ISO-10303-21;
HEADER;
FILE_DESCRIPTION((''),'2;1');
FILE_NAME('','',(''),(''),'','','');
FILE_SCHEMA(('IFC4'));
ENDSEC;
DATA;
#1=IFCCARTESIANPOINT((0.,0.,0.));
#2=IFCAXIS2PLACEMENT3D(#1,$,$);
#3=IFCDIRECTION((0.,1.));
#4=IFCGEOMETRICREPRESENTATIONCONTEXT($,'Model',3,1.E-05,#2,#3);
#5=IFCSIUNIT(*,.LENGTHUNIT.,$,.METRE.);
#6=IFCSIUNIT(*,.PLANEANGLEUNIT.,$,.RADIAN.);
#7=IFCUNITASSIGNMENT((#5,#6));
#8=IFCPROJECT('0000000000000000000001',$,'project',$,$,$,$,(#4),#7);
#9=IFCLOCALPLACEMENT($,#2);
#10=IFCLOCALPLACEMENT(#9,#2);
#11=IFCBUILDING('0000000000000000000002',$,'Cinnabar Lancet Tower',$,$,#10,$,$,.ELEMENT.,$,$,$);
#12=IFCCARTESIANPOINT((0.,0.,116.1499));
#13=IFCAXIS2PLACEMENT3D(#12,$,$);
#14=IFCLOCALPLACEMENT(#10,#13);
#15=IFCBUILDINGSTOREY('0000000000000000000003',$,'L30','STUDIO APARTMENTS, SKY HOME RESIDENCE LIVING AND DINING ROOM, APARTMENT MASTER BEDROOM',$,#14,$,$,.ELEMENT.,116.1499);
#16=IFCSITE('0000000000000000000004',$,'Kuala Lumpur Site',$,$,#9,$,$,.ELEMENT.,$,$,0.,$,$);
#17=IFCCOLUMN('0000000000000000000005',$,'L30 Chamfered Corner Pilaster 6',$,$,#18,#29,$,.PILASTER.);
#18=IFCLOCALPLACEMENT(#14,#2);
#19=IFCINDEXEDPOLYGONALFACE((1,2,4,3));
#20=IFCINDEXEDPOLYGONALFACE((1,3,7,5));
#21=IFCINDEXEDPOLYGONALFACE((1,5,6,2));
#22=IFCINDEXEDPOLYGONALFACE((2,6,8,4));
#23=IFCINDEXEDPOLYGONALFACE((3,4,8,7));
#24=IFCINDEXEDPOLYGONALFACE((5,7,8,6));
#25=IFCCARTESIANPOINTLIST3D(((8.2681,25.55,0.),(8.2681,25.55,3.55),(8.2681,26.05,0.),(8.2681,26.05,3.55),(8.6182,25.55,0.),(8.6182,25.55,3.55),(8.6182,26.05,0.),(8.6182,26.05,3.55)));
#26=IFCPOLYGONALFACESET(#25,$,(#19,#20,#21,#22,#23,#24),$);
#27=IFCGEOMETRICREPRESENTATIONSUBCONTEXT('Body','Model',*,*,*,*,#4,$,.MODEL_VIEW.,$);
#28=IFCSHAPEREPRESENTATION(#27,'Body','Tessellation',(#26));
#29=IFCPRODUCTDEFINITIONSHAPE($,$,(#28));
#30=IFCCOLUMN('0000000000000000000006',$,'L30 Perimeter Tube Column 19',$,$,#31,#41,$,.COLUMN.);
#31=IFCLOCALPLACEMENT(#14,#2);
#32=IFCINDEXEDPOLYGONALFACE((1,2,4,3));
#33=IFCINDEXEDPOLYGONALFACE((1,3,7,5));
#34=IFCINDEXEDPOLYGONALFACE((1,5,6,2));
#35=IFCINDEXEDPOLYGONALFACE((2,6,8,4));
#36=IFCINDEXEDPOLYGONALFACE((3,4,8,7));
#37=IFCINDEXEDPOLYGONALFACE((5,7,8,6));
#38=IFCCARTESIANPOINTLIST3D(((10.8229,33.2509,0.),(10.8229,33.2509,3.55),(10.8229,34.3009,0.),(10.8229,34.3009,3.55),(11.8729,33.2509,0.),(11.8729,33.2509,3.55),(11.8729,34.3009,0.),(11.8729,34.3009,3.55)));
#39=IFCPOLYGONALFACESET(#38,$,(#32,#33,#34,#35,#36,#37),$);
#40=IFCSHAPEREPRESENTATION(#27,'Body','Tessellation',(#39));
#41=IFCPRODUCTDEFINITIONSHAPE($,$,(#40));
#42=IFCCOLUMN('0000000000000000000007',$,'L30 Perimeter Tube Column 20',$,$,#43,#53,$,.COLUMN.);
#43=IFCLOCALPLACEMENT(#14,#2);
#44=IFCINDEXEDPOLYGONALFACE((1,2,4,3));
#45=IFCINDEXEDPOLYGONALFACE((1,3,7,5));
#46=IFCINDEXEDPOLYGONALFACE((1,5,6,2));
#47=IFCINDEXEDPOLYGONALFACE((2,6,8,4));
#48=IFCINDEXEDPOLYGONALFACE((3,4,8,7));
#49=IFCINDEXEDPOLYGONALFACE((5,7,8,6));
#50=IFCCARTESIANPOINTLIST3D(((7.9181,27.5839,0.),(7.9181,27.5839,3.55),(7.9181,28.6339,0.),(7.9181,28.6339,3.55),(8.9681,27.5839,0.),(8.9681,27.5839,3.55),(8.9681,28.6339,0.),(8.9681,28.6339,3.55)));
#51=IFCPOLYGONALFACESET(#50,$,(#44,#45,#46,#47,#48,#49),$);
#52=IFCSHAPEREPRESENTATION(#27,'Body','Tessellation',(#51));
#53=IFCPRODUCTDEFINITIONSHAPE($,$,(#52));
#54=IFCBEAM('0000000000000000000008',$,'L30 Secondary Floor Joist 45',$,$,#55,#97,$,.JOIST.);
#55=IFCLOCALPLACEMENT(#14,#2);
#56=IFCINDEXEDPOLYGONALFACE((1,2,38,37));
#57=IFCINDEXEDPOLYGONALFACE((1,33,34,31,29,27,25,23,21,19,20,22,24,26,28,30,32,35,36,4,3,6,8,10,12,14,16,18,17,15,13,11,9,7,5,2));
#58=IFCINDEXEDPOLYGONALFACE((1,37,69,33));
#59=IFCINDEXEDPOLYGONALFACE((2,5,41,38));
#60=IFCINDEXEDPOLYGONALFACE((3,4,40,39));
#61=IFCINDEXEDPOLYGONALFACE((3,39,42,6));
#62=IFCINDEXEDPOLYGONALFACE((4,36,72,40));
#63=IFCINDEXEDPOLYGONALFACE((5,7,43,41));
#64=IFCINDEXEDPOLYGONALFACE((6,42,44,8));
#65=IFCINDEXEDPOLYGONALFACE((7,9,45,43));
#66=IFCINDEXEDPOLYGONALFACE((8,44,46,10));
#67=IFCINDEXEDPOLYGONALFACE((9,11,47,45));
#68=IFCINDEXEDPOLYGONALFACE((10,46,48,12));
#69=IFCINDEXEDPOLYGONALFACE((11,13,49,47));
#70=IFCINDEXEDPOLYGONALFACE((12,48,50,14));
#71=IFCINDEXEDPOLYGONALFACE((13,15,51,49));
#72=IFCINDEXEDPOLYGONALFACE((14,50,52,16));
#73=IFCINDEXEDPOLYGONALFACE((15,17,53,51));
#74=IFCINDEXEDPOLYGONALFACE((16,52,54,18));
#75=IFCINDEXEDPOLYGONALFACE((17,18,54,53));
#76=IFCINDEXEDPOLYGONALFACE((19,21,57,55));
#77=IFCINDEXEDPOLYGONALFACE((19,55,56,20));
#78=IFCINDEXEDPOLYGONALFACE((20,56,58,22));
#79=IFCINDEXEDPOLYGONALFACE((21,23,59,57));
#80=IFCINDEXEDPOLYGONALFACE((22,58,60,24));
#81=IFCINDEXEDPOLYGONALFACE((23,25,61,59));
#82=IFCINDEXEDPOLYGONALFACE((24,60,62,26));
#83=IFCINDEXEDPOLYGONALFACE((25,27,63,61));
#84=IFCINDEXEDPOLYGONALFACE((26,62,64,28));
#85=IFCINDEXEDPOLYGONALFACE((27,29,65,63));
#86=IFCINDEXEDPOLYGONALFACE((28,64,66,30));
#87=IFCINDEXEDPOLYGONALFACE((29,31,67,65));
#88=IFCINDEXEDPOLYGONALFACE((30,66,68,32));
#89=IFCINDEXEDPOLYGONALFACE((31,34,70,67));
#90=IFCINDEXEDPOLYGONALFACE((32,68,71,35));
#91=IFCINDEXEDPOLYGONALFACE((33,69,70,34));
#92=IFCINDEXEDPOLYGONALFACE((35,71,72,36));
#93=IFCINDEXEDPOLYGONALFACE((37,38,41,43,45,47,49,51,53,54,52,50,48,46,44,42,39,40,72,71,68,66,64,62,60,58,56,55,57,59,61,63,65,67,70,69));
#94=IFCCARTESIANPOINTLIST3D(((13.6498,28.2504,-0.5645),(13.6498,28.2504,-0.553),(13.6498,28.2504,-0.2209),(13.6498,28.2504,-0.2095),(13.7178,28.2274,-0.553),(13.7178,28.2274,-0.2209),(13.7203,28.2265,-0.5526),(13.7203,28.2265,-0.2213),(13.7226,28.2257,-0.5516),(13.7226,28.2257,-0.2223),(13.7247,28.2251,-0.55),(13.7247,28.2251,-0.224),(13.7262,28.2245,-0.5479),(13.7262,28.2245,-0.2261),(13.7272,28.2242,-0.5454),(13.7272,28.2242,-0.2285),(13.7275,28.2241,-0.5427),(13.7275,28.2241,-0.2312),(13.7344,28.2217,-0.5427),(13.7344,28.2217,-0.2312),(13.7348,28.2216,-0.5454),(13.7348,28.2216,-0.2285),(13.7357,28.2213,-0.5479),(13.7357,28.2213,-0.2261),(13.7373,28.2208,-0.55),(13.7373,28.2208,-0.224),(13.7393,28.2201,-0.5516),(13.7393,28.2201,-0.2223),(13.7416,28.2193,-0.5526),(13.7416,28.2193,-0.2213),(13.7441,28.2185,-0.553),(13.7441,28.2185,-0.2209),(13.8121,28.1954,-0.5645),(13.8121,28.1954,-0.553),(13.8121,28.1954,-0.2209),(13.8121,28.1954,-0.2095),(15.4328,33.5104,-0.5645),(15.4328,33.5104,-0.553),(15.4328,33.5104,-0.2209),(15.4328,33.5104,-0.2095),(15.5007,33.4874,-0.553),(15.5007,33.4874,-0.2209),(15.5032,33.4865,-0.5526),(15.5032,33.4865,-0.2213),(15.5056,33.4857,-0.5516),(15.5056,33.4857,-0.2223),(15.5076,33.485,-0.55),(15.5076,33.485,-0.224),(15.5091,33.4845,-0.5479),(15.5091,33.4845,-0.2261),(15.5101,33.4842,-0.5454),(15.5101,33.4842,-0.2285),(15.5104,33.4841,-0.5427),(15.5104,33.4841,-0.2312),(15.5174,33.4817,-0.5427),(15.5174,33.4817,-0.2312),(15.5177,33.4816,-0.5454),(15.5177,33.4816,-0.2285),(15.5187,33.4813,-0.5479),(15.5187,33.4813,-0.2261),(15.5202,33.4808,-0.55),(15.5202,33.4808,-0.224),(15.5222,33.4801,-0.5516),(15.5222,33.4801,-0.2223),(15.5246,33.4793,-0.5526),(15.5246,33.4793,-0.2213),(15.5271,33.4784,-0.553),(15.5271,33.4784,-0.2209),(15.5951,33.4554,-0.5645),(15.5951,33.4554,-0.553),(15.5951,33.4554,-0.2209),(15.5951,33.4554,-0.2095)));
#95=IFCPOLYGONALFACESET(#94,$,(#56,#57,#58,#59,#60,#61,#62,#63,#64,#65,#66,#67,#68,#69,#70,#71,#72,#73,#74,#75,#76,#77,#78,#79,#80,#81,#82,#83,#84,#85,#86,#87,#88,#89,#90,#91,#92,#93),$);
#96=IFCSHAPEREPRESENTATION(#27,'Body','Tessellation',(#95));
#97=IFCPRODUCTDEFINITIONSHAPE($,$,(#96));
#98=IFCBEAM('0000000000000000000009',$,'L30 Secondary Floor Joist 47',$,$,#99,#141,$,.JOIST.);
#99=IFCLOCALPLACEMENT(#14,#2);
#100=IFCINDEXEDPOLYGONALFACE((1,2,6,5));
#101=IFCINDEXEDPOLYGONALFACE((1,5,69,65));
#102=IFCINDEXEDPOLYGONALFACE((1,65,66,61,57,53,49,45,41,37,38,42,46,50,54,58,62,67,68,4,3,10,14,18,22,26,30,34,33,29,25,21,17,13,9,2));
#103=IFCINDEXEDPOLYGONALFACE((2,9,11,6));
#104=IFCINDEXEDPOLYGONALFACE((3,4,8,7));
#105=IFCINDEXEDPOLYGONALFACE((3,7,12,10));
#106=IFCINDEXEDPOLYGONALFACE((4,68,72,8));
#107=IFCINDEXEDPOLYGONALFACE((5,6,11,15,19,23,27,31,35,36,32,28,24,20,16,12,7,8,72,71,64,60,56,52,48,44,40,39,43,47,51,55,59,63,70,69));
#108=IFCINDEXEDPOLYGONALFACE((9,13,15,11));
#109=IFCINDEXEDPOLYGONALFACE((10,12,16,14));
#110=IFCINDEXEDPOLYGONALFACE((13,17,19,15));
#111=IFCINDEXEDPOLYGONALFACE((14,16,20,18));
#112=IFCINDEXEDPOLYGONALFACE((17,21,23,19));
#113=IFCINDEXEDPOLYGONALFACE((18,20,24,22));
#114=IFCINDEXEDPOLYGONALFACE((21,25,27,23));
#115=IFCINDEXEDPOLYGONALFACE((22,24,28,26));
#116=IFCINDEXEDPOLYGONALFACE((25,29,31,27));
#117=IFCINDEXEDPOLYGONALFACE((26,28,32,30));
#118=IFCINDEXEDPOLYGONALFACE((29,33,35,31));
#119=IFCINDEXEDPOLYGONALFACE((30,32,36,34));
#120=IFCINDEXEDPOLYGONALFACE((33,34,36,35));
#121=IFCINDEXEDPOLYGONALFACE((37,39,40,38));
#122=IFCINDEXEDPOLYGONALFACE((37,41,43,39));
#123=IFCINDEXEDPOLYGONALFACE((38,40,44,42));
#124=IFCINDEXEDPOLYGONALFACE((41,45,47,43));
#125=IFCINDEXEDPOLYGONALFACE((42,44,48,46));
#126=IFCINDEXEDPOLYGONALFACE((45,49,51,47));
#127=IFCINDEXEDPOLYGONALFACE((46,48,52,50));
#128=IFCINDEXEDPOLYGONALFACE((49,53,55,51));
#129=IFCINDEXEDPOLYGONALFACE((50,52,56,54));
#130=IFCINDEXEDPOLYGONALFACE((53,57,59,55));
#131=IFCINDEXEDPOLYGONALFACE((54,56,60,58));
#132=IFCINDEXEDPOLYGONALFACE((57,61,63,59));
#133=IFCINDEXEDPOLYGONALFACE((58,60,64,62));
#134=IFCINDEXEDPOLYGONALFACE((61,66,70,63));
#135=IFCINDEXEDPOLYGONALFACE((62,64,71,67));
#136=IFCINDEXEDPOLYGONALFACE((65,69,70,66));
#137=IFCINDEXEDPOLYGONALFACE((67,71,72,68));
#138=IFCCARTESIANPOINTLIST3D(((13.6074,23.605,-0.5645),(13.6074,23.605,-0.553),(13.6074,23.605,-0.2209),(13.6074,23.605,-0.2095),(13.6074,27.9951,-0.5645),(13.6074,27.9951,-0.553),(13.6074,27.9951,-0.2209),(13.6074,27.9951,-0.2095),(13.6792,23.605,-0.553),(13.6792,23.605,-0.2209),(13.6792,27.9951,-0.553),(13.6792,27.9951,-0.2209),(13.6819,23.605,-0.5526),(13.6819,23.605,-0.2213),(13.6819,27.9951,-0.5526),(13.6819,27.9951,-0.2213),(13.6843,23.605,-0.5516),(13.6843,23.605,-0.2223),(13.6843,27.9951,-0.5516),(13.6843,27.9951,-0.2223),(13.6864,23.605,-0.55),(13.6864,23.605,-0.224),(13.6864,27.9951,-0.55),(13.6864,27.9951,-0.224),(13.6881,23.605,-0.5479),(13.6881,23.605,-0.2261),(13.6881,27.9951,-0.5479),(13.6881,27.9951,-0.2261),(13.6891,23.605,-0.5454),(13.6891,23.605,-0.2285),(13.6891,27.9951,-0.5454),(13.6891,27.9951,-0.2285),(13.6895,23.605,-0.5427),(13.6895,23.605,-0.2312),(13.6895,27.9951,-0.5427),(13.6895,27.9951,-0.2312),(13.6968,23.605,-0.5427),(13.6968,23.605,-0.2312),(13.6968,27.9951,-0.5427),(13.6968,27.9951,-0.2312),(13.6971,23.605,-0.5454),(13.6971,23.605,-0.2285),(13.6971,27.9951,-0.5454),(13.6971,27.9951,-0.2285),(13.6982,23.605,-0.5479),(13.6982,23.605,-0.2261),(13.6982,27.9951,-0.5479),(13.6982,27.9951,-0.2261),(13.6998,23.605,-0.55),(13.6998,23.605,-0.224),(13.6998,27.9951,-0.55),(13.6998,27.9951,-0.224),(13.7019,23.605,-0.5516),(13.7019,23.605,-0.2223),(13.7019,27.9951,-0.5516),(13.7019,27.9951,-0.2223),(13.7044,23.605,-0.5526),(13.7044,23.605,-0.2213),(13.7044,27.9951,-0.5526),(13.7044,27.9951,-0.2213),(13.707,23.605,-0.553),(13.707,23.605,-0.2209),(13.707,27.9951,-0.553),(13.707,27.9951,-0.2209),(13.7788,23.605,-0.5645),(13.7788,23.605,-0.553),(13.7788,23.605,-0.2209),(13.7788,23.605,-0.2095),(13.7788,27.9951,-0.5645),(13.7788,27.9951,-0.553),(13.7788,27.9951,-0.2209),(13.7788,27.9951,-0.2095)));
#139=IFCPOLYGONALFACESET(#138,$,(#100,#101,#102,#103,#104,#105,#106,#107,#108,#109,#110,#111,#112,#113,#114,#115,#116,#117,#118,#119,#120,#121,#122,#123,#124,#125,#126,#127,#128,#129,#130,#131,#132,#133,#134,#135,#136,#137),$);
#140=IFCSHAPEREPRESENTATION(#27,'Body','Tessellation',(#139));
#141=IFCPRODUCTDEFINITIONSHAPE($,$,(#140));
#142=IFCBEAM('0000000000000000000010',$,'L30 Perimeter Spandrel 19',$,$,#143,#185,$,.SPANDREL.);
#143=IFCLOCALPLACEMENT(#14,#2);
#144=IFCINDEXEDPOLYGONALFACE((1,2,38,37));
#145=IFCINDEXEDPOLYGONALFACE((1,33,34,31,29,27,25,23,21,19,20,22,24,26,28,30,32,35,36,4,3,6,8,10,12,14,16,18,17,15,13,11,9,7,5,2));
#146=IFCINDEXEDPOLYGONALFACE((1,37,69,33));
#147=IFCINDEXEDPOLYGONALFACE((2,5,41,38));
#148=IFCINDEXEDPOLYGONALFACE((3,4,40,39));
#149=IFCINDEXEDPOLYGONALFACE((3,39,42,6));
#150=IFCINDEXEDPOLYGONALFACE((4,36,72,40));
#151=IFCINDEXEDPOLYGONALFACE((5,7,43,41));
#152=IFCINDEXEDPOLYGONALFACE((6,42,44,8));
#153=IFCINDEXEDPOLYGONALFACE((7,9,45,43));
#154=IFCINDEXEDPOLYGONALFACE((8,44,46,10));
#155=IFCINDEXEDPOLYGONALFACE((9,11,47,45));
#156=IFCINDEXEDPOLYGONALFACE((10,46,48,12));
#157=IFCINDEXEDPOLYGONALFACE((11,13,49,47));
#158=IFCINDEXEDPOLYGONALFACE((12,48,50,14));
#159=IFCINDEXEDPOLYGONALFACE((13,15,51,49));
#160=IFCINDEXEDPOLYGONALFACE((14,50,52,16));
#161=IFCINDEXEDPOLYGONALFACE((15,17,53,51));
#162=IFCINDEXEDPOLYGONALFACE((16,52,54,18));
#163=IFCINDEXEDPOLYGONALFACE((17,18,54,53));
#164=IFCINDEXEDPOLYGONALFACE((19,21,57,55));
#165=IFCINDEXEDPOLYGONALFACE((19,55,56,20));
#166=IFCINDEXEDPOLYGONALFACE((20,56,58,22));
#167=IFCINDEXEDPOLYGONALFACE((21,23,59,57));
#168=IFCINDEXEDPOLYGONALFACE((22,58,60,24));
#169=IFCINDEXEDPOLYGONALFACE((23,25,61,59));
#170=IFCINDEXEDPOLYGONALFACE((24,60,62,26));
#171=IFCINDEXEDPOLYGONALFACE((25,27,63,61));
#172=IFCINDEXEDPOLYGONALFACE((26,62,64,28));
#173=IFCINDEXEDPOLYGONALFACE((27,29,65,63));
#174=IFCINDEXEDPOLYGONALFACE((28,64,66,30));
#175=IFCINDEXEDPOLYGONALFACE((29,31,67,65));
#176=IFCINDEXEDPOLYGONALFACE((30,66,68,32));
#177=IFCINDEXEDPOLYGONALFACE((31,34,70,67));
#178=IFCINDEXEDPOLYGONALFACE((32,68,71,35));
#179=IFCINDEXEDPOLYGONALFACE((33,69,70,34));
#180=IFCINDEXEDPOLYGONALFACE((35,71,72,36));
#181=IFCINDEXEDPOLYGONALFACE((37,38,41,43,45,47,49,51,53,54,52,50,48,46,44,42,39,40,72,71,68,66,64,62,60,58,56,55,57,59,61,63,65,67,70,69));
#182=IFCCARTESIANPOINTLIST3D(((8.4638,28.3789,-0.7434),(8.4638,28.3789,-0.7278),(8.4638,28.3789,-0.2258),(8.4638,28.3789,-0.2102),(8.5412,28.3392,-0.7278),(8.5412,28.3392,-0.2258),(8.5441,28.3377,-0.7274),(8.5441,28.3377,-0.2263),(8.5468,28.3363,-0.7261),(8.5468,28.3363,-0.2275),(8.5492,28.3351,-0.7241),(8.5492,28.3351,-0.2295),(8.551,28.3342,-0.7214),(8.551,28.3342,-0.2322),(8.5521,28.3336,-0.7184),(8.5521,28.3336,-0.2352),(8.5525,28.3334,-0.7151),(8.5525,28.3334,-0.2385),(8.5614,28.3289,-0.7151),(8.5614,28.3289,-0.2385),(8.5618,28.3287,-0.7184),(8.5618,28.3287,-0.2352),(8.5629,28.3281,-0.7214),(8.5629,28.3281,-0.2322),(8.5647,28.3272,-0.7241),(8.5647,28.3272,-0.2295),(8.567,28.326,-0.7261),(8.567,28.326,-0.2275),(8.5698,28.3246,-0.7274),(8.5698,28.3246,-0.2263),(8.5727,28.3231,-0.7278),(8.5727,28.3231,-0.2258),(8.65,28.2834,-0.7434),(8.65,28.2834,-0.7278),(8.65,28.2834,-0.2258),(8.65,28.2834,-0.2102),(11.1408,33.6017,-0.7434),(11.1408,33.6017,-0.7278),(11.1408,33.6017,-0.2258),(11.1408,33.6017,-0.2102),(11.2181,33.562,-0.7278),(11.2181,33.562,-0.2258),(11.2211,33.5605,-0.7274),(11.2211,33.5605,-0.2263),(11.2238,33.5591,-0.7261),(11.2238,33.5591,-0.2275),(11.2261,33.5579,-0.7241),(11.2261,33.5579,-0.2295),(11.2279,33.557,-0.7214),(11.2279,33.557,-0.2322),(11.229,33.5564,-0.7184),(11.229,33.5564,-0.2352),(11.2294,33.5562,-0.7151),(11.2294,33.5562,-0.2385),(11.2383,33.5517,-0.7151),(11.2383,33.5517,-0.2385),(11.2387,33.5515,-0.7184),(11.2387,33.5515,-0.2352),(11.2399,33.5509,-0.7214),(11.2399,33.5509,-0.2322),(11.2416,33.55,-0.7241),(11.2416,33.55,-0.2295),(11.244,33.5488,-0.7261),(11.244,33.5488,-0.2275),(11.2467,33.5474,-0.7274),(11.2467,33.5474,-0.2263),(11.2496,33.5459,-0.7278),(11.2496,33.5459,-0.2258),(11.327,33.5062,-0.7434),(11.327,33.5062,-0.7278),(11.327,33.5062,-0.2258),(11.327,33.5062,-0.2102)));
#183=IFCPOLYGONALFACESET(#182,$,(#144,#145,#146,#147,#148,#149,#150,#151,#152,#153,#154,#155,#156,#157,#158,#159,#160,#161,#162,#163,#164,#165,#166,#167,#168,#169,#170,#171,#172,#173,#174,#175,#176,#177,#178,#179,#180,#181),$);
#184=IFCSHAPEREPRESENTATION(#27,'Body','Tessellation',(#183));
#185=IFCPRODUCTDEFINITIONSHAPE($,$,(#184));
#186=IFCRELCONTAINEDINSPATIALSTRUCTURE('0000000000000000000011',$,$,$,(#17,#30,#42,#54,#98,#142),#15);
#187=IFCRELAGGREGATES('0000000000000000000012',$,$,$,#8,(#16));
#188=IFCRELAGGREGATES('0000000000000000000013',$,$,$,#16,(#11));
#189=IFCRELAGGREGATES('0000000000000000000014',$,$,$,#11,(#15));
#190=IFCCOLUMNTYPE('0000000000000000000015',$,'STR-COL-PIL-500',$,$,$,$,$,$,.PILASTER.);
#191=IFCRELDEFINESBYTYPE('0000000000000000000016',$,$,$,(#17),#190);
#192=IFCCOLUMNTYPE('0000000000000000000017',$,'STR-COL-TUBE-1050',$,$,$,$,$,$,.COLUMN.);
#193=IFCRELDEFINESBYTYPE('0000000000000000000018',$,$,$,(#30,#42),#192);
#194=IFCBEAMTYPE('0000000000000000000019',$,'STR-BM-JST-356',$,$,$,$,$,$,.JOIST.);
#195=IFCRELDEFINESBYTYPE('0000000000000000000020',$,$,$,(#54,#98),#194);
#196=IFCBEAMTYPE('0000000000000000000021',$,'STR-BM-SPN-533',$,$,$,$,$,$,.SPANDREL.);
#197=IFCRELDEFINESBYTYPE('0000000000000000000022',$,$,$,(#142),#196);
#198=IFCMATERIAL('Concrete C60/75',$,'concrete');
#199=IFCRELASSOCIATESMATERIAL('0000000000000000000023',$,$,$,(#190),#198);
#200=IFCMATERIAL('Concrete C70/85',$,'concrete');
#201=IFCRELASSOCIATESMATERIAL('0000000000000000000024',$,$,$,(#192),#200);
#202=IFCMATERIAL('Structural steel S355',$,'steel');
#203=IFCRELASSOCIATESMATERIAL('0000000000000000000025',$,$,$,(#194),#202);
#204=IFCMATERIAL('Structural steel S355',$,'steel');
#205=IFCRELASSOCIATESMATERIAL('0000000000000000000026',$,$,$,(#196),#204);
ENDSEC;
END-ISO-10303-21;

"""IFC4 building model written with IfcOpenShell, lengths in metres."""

from ifc_helpers import new_model, si_unit, direction, frame, origin, origin_2d, place, context, subcontext, project, spatial, rectangle, i_section, extrude, material, material_profile, profile_set, type_object, element, save


model = new_model("IFC4")

# Units and contexts
model_context = context("Model", 3, precision=1e-05, world=origin(), true_north=direction((0.0, 1.0)))
body_context = subcontext(model_context, "Body", "Model", "MODEL_VIEW")
ifc_project = project(units=[si_unit("LENGTHUNIT", "METRE"), si_unit("PLANEANGLEUNIT", "RADIAN")], contexts=[model_context])

# Site, building, storey
site_placement = place(None, origin())
site = spatial("IfcSite", under=ifc_project, at=site_placement, Name="Kuala Lumpur Site", CompositionType="ELEMENT", RefElevation=0.0)
building_placement = place(site_placement, origin())
building = spatial("IfcBuilding", under=site, at=building_placement, Name="Cinnabar Lancet Tower", CompositionType="ELEMENT")
storey_placement = place(building_placement, frame((0.0, 0.0, 116.1499)))
storey = spatial("IfcBuildingStorey", under=building, at=storey_placement, Name="L30", Description="STUDIO APARTMENTS, SKY HOME RESIDENCE LIVING AND DINING ROOM, APARTMENT MASTER BEDROOM", CompositionType="ELEMENT", Elevation=116.1499)

# Columns
ifc_material_1 = material(Name="Concrete C60/75", Category="concrete")
ifc_material_profile_1 = material_profile(ifc_material_1, rectangle(XDim=0.5, YDim=0.3501, at=origin_2d()), Name="RC-PIL 500x350")
ifc_profile_set_1 = profile_set([ifc_material_profile_1], Name="Concrete C60/75")
column_type_1 = type_object("IfcColumnType", Name="STR-COL-PIL-500", PredefinedType="PILASTER", material=ifc_profile_set_1)
column_placement = place(storey_placement, frame((8.4431, 25.8, 0.0), z_axis=(0.0, 0.0, 1.0), x_axis=(0.0, -1.0, 0.0)))
element("IfcColumn", 1, at=column_placement, inside=storey, type_object=column_type_1, Name="L30 Chamfered Corner Pilaster 6", PredefinedType="PILASTER", context=body_context, shape_type="SweptSolid", body=[
    extrude(rectangle(XDim=0.5, YDim=0.3501, at=origin_2d()), origin(), (0.0, 0.0, 1.0), 3.55),
])
ifc_material_2 = material(Name="Concrete C70/85", Category="concrete")
ifc_material_profile_2 = material_profile(ifc_material_2, rectangle(XDim=1.05, YDim=1.05, at=origin_2d()), Name="RC-COL 1050x1050")
ifc_profile_set_2 = profile_set([ifc_material_profile_2], Name="Concrete C70/85")
column_type_2 = type_object("IfcColumnType", Name="STR-COL-TUBE-1050", PredefinedType="COLUMN", material=ifc_profile_set_2)
for number, where, z_axis, x_axis, name in (
    (2, (11.3479, 33.7759, 0.0), (0.0, 0.0, 1.0), (1.0, 0.0, 0.0), "L30 Perimeter Tube Column 19"),
    (3, (8.4431, 28.1089, 0.0), (0.0, 0.0, 1.0), (1.0, 0.0, 0.0), "L30 Perimeter Tube Column 20"),
):
    element("IfcColumn", number, at=place(storey_placement, frame(where, z_axis=z_axis, x_axis=x_axis)), inside=storey, type_object=column_type_2, Name=name, PredefinedType="COLUMN", context=body_context, shape_type="SweptSolid", body=[
        extrude(rectangle(XDim=1.05, YDim=1.05, at=origin_2d()), origin(), (0.0, 0.0, 1.0), 3.55),
    ])

# Beams
ifc_material_3 = material(Name="Structural steel S355", Category="steel")
ifc_material_profile_3 = material_profile(ifc_material_3, i_section(OverallWidth=0.1714, OverallDepth=0.355, WebThickness=0.0073, FlangeThickness=0.0115, FilletRadius=0.0103, at=origin_2d()), Name="UKB 356x171x51")
ifc_profile_set_3 = profile_set([ifc_material_profile_3], Name="Structural steel S355")
beam_type_1 = type_object("IfcBeamType", Name="STR-BM-JST-356", PredefinedType="JOIST", material=ifc_profile_set_3)
beam_1_placement = place(storey_placement, frame((15.5139, 33.4829, -0.387), z_axis=(-0.321024, -0.947071, 0.0), x_axis=(0.947071, -0.321024, 0.0)))
element("IfcBeam", 4, at=beam_1_placement, inside=storey, type_object=beam_type_1, Name="L30 Secondary Floor Joist 45", PredefinedType="JOIST", context=body_context, shape_type="SweptSolid", body=[
    extrude(i_section(OverallWidth=0.1714, OverallDepth=0.355, WebThickness=0.0073, FlangeThickness=0.0115, FilletRadius=0.0103, at=origin_2d()), origin(), (0.0, 0.0, 1.0), 5.554),
])
beam_2_placement = place(storey_placement, frame((13.6931, 27.9951, -0.387), z_axis=(0.0, -1.0, 0.0), x_axis=(1.0, 0.0, 0.0)))
element("IfcBeam", 5, at=beam_2_placement, inside=storey, type_object=beam_type_1, Name="L30 Secondary Floor Joist 47", PredefinedType="JOIST", context=body_context, shape_type="SweptSolid", body=[
    extrude(i_section(OverallWidth=0.1714, OverallDepth=0.355, WebThickness=0.0073, FlangeThickness=0.0115, FilletRadius=0.0103, at=origin_2d()), origin(), (0.0, 0.0, 1.0), 4.3901),
])
ifc_material_4 = material(Name="Structural steel S355", Category="steel")
ifc_material_profile_4 = material_profile(ifc_material_4, i_section(OverallWidth=0.2092, OverallDepth=0.5332, WebThickness=0.01, FlangeThickness=0.0156, FilletRadius=0.0127, at=origin_2d()), Name="UKB 533x210x92")
ifc_profile_set_4 = profile_set([ifc_material_profile_4], Name="Structural steel S355")
beam_type_2 = type_object("IfcBeamType", Name="STR-BM-SPN-533", PredefinedType="SPANDREL", material=ifc_profile_set_4)
beam_3_placement = place(storey_placement, frame((11.2339, 33.554, -0.4768), z_axis=(-0.456127, -0.889915, 0.0), x_axis=(0.889915, -0.456127, 0.0)))
element("IfcBeam", 6, at=beam_3_placement, inside=storey, type_object=beam_type_2, Name="L30 Perimeter Spandrel 19", PredefinedType="SPANDREL", context=body_context, shape_type="SweptSolid", body=[
    extrude(i_section(OverallWidth=0.2092, OverallDepth=0.5332, WebThickness=0.01, FlangeThickness=0.0156, FilletRadius=0.0127, at=origin_2d()), origin(), (0.0, 0.0, 1.0), 5.8689),
])

save(model, "model.ifc")
